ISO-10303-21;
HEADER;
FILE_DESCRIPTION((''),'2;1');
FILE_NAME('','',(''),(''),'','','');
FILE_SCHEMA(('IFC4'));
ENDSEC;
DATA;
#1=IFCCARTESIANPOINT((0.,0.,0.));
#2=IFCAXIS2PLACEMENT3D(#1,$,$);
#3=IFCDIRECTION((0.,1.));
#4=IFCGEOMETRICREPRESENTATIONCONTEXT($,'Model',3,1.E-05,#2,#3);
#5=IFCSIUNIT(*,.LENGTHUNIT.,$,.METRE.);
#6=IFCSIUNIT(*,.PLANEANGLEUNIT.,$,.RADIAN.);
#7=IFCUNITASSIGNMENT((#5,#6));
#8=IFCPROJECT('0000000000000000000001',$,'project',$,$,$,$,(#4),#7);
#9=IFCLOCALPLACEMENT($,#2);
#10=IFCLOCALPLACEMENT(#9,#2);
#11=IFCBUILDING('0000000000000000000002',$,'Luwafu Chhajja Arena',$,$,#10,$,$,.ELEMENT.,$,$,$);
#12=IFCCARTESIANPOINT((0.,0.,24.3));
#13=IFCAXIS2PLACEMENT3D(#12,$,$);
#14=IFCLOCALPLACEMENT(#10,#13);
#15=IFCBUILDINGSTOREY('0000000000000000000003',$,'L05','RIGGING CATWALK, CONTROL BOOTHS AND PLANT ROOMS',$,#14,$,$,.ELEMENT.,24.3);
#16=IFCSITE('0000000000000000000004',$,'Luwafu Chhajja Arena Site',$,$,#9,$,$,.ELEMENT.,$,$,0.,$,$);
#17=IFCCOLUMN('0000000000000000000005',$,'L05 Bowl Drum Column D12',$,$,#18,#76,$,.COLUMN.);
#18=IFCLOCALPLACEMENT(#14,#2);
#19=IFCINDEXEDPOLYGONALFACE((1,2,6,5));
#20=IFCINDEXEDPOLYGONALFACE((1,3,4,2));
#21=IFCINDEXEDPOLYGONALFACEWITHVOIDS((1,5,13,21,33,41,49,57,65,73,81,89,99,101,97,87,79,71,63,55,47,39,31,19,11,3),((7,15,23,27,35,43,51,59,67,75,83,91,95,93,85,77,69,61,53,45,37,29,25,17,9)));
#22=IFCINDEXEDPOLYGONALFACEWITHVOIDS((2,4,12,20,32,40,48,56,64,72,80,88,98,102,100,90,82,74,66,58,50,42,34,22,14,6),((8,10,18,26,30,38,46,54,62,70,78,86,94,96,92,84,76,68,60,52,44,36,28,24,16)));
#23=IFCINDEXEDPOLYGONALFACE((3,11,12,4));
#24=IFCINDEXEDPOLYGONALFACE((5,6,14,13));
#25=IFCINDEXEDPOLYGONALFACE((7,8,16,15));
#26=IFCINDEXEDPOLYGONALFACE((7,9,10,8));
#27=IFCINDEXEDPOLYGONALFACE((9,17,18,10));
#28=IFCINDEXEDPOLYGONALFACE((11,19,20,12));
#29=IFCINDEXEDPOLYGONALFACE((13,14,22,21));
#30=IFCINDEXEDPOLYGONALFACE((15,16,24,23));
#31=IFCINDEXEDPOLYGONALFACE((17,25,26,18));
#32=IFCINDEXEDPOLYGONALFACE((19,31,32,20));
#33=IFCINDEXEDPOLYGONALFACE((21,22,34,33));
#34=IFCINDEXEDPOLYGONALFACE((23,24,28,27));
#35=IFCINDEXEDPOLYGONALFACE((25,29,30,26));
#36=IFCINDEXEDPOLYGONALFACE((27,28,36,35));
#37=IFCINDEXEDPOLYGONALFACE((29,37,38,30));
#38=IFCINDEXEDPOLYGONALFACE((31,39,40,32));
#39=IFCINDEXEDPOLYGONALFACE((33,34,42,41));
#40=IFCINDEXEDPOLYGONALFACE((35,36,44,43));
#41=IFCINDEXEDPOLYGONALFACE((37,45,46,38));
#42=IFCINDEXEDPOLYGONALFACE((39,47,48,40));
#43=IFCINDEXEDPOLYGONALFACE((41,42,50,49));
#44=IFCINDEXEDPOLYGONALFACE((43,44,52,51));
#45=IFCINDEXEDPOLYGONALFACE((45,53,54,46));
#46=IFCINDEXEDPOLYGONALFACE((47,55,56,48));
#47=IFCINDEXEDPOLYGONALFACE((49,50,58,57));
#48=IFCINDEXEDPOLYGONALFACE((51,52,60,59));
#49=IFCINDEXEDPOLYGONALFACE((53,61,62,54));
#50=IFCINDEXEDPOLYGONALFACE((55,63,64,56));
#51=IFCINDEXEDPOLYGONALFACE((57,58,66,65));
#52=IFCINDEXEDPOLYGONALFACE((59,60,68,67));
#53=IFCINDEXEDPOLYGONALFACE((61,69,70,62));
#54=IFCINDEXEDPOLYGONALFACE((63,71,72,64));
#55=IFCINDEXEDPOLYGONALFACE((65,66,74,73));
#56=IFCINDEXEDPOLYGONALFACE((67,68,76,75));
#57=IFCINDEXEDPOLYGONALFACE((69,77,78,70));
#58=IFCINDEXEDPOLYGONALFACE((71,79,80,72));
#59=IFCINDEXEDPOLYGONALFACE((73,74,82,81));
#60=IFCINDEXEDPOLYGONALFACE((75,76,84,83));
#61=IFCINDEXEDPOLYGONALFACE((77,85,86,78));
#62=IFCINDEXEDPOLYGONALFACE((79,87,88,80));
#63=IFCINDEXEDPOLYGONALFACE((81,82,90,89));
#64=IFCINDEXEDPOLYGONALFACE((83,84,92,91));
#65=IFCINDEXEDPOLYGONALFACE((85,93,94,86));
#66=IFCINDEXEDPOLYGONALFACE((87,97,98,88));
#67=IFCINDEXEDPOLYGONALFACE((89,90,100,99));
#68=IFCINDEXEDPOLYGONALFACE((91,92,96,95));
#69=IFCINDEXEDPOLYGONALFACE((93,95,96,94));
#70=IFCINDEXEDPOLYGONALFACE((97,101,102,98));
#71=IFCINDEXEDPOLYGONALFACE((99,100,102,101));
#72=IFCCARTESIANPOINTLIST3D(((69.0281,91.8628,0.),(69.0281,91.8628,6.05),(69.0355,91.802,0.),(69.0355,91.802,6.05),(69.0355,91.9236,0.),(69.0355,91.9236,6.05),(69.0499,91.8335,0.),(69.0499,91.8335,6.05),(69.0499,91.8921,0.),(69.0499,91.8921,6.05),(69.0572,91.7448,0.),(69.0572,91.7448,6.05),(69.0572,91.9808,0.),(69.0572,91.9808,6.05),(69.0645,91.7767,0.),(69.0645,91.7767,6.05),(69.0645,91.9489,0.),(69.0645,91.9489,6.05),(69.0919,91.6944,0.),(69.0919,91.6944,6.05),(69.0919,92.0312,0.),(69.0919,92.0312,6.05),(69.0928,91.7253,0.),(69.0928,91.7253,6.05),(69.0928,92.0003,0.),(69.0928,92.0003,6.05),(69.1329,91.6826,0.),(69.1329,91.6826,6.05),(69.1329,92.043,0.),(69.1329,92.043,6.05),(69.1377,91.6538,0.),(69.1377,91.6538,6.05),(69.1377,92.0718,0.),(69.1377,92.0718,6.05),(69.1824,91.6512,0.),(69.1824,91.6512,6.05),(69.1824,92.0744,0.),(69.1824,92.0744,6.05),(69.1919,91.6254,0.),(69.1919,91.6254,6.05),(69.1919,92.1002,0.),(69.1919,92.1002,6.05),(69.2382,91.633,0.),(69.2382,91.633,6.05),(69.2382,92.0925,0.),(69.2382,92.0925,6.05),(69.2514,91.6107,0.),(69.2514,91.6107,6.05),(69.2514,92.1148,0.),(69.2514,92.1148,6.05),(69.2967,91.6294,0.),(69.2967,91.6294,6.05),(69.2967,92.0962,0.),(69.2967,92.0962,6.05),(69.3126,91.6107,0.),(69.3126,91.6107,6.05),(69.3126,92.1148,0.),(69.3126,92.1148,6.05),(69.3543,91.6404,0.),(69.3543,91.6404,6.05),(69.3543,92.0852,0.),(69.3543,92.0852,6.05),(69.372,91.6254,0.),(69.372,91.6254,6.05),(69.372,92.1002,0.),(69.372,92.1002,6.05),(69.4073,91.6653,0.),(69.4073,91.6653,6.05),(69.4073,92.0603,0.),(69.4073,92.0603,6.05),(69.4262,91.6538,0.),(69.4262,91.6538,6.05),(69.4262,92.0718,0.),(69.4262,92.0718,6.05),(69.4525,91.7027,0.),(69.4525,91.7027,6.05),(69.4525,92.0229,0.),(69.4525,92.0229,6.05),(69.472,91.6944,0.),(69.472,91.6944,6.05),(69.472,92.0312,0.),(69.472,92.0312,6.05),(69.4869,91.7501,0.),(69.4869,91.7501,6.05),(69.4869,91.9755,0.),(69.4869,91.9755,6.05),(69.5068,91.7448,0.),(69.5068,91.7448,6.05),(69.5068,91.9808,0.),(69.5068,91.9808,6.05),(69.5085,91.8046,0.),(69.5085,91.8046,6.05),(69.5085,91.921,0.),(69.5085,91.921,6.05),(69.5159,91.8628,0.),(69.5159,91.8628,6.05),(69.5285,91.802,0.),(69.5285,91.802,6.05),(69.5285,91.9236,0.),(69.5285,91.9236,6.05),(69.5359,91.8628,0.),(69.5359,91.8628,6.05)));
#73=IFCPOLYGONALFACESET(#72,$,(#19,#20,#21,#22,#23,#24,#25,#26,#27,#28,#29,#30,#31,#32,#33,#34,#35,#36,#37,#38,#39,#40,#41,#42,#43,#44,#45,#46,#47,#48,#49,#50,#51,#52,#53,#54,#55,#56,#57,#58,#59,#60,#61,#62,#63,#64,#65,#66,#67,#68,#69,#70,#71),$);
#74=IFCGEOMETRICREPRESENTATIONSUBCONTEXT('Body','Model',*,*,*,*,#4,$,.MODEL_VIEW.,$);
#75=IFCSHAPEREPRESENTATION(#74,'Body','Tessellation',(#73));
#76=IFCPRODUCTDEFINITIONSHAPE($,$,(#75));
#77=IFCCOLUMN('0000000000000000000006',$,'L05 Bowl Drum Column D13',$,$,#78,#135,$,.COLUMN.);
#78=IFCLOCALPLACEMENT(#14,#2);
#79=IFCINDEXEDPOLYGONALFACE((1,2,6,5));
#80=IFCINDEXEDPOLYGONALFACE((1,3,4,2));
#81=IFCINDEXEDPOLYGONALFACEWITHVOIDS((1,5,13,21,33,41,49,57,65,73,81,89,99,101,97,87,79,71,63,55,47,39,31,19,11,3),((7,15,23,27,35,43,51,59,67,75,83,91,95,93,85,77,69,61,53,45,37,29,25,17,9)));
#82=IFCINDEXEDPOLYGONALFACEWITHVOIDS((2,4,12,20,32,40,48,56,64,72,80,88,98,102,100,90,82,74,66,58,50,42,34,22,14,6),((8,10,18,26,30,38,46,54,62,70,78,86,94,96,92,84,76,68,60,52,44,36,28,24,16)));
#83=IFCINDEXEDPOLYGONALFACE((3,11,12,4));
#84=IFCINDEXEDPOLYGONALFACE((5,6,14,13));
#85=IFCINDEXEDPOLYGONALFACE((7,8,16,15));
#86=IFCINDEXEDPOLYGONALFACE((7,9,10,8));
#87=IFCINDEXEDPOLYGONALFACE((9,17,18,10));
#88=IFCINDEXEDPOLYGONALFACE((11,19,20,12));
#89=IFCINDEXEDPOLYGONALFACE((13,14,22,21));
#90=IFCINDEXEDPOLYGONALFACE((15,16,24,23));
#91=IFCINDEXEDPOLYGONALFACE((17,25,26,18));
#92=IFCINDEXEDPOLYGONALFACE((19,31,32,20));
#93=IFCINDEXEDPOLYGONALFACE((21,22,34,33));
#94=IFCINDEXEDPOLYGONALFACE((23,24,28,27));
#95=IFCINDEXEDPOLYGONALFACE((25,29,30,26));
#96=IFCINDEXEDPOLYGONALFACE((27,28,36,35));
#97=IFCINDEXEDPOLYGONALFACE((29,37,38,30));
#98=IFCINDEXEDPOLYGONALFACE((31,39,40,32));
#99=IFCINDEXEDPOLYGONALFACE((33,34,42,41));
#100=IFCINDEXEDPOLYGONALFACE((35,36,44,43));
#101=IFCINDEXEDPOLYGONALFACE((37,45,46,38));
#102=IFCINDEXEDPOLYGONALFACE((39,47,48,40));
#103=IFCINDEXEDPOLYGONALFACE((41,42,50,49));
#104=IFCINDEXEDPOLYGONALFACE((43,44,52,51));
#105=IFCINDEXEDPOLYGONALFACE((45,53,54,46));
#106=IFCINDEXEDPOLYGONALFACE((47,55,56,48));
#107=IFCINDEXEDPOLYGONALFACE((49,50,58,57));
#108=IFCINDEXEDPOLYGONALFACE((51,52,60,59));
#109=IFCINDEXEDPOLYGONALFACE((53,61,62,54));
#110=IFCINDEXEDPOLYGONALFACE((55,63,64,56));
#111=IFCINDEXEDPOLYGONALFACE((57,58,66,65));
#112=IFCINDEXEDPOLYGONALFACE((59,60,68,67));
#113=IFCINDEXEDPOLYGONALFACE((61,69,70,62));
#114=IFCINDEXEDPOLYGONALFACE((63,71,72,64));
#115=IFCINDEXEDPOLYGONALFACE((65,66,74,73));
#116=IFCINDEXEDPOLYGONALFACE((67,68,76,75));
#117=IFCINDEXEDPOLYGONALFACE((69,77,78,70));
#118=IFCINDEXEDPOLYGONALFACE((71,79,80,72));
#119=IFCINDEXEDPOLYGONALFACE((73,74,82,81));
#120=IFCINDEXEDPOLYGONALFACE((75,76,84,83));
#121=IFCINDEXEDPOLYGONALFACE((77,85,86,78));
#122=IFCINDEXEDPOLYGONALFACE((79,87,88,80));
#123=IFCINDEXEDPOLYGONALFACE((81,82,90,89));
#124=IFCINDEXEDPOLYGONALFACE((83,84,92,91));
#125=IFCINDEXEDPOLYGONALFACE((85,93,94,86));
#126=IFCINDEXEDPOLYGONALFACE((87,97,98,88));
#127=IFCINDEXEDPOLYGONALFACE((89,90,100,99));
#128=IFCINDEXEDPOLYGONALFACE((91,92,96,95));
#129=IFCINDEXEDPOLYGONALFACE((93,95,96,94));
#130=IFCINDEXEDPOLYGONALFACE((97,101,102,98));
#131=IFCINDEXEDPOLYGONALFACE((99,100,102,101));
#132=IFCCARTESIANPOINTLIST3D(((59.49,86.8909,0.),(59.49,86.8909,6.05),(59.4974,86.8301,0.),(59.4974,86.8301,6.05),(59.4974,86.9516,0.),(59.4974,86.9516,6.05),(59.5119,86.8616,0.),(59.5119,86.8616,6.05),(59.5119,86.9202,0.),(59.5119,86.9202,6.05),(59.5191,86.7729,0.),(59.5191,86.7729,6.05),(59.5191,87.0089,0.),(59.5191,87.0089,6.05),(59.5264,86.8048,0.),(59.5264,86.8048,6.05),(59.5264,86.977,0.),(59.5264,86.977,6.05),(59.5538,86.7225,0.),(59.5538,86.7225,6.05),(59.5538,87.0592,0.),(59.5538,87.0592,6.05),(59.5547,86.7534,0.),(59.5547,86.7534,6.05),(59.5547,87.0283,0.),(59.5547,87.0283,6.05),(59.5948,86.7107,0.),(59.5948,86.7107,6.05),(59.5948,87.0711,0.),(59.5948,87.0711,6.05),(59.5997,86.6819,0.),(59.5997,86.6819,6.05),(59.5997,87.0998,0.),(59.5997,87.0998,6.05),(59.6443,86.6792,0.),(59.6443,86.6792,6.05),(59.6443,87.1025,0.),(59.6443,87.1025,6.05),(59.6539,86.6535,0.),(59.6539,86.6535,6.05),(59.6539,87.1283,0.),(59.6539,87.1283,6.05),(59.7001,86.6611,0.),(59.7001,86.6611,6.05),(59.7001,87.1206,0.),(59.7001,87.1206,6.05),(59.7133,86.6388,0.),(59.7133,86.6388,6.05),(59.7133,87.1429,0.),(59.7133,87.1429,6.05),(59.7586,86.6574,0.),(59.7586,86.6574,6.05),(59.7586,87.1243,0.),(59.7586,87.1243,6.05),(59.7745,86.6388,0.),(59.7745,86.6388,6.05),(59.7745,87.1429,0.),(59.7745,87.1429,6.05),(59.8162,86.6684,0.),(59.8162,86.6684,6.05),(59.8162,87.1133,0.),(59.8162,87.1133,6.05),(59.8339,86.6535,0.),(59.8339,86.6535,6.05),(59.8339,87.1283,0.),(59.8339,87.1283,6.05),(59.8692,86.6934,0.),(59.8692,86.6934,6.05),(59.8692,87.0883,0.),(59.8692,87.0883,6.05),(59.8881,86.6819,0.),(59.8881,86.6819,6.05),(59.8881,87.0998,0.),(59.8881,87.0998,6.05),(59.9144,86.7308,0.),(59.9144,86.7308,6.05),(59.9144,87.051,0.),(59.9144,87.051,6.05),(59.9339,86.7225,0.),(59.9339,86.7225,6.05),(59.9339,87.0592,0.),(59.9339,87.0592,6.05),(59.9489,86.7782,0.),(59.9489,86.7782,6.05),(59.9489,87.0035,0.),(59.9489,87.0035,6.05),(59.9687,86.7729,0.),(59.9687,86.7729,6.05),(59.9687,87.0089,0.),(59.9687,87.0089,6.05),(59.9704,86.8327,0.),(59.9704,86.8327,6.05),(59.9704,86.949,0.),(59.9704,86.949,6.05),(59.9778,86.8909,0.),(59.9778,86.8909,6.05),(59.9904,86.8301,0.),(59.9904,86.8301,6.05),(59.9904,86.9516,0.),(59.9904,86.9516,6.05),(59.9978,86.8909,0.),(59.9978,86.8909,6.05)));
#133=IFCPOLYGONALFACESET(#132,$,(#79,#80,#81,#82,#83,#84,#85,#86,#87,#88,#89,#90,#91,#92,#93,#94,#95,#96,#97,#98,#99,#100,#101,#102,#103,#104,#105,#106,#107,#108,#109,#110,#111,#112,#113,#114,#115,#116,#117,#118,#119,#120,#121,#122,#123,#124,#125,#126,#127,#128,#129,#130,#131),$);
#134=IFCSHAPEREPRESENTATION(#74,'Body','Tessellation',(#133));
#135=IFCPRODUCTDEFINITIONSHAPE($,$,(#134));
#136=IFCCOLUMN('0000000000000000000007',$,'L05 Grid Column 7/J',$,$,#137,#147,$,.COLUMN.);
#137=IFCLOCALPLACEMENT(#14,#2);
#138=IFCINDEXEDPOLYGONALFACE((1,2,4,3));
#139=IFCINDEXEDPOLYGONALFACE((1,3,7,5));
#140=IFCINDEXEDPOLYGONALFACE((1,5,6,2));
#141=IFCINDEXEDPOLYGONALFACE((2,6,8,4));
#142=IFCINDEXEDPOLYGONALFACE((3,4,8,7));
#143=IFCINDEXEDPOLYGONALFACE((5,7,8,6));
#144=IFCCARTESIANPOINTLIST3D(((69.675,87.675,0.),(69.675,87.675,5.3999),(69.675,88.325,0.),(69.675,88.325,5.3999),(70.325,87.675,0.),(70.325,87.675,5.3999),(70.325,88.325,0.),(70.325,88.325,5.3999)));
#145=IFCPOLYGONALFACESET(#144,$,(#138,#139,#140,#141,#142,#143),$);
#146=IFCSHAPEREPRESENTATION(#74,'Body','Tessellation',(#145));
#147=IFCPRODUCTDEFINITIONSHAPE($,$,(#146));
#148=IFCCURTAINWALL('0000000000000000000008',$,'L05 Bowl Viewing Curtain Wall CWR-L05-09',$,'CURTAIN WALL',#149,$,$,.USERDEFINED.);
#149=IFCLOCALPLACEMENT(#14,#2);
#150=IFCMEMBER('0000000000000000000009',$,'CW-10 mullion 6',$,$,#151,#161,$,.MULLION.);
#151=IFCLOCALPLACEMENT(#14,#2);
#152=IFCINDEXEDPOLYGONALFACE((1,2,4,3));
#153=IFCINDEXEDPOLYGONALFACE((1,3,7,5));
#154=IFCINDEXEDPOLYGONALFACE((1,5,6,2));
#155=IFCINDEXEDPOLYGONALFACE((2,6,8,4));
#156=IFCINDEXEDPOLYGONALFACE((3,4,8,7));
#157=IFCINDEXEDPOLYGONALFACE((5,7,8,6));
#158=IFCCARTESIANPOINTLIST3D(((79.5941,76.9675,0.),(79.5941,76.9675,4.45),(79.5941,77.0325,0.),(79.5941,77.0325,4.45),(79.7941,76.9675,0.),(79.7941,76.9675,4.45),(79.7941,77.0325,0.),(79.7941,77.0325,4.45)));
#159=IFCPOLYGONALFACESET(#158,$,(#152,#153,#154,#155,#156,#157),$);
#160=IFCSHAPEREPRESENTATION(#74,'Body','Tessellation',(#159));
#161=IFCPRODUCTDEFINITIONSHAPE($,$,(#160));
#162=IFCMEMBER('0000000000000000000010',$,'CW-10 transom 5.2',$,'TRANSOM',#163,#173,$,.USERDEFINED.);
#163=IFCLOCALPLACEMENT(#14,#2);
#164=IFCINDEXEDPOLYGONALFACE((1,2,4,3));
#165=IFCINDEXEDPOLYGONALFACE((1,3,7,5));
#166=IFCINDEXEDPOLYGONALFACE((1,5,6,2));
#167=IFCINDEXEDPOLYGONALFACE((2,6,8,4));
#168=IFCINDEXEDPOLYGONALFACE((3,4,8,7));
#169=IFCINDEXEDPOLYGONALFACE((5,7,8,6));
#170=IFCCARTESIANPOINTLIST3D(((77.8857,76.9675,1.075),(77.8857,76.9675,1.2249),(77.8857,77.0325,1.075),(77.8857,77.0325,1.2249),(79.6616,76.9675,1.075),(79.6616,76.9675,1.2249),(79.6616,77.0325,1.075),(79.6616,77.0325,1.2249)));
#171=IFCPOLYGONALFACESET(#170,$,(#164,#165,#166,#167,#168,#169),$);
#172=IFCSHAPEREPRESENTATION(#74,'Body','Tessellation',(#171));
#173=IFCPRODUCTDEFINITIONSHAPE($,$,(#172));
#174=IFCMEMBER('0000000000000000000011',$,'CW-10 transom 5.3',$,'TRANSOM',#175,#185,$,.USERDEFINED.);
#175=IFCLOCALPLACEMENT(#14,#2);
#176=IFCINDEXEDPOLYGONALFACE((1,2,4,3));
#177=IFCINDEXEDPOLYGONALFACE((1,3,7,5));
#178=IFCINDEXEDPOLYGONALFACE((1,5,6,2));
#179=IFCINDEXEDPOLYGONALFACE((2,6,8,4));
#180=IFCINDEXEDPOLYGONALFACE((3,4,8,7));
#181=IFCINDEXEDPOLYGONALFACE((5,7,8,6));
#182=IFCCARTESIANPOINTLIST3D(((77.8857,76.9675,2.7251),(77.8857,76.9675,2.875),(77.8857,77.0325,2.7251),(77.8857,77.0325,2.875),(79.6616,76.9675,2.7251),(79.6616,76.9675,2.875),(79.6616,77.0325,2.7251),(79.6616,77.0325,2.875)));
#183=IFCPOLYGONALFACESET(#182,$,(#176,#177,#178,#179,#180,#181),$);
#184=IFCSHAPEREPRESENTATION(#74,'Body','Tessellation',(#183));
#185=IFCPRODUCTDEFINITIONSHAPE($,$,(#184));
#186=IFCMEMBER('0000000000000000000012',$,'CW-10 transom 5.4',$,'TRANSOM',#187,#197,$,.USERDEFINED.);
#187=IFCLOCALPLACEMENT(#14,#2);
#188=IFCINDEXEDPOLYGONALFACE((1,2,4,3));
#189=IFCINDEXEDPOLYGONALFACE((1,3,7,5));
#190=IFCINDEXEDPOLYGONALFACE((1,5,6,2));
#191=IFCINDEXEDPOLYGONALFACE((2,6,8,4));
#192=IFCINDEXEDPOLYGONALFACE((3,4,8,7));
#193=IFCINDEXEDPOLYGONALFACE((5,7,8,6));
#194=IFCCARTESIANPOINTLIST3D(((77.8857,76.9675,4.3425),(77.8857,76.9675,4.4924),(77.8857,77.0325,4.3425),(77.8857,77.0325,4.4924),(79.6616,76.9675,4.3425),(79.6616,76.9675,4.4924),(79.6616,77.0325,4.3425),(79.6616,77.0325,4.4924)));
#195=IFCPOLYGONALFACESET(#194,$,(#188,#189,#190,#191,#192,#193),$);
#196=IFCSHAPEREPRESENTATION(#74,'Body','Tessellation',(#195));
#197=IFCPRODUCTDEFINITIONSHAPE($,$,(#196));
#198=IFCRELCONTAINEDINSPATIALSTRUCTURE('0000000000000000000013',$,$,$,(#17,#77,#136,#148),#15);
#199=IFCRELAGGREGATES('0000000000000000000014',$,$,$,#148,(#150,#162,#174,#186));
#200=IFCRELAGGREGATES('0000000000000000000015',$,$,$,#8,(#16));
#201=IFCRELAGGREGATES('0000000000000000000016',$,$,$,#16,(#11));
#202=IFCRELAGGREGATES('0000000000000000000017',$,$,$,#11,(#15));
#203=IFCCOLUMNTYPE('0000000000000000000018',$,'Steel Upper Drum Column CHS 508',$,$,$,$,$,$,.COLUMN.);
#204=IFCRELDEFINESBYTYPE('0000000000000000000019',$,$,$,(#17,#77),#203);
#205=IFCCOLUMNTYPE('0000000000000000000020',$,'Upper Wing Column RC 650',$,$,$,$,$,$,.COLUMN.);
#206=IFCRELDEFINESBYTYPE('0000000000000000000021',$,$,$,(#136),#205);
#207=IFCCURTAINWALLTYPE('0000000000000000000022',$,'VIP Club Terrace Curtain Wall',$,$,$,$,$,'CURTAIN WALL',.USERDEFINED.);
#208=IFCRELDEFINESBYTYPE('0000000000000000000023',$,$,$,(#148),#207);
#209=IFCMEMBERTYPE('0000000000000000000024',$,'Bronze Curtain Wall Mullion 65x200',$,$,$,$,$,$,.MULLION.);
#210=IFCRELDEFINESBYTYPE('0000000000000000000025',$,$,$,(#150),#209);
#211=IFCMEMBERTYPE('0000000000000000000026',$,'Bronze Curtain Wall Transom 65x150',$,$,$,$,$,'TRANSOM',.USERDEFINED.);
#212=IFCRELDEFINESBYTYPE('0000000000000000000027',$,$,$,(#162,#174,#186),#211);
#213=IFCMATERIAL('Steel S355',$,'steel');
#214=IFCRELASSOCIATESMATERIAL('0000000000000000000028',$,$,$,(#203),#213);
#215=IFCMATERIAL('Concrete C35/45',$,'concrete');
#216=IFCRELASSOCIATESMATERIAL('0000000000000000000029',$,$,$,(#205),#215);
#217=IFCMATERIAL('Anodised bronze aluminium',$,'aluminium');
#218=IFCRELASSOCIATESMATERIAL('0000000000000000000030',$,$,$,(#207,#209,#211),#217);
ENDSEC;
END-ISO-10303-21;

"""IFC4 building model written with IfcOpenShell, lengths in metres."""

from ifc_helpers import new_model, si_unit, direction, frame, origin, origin_2d, place, context, subcontext, project, spatial, rectangle, hollow_circle, extrude, material, material_profile, profile_set, type_object, element, aggregate, save


model = new_model("IFC4")

# Units and contexts
model_context = context("Model", 3, precision=1e-05, world=origin(), true_north=direction((0.0, 1.0)))
body_context = subcontext(model_context, "Body", "Model", "MODEL_VIEW")
ifc_project = project(units=[si_unit("LENGTHUNIT", "METRE"), si_unit("PLANEANGLEUNIT", "RADIAN")], contexts=[model_context])

# Site, building, storey
site_placement = place(None, origin())
site = spatial("IfcSite", under=ifc_project, at=site_placement, Name="Luwafu Chhajja Arena Site", CompositionType="ELEMENT", RefElevation=0.0)
building_placement = place(site_placement, origin())
building = spatial("IfcBuilding", under=site, at=building_placement, Name="Luwafu Chhajja Arena", CompositionType="ELEMENT")
storey_placement = place(building_placement, frame((0.0, 0.0, 24.3)))
storey = spatial("IfcBuildingStorey", under=building, at=storey_placement, Name="L05", Description="RIGGING CATWALK, CONTROL BOOTHS AND PLANT ROOMS", CompositionType="ELEMENT", Elevation=24.3)

# Columns
ifc_material_1 = material(Name="Steel S355", Category="steel")
ifc_material_profile_1 = material_profile(ifc_material_1, hollow_circle(Radius=0.2539, WallThickness=0.02, at=origin_2d()), Name="CHS 508x20")
ifc_profile_set_1 = profile_set([ifc_material_profile_1], Name="Steel S355")
column_type_1 = type_object("IfcColumnType", Name="Steel Upper Drum Column CHS 508", PredefinedType="COLUMN", material=ifc_profile_set_1)
for number, where, z_axis, x_axis, name in (
    (1, (69.282, 91.8628, 0.0), (0.0, 0.0, 1.0), (1.0, 0.0, 0.0), "L05 Bowl Drum Column D12"),
    (2, (59.7439, 86.8909, 0.0), (0.0, 0.0, 1.0), (1.0, 0.0, 0.0), "L05 Bowl Drum Column D13"),
):
    element("IfcColumn", number, at=place(storey_placement, frame(where, z_axis=z_axis, x_axis=x_axis)), inside=storey, type_object=column_type_1, Name=name, PredefinedType="COLUMN", context=body_context, shape_type="SweptSolid", body=[
        extrude(hollow_circle(Radius=0.2539, WallThickness=0.02, at=origin_2d()), origin(), (0.0, 0.0, 1.0), 6.05),
    ])
ifc_material_2 = material(Name="Concrete C35/45", Category="concrete")
ifc_material_profile_2 = material_profile(ifc_material_2, rectangle(XDim=0.6499, YDim=0.6499, at=origin_2d()), Name="RC 650x650")
ifc_profile_set_2 = profile_set([ifc_material_profile_2], Name="Concrete C35/45")
column_type_2 = type_object("IfcColumnType", Name="Upper Wing Column RC 650", PredefinedType="COLUMN", material=ifc_profile_set_2)
column_placement = place(storey_placement, frame((70.0, 88.0, 0.0), z_axis=(0.0, 0.0, 1.0), x_axis=(1.0, 0.0, 0.0)))
element("IfcColumn", 3, at=column_placement, inside=storey, type_object=column_type_2, Name="L05 Grid Column 7/J", PredefinedType="COLUMN", context=body_context, shape_type="SweptSolid", body=[
    extrude(rectangle(XDim=0.6499, YDim=0.6499, at=origin_2d()), origin(), (0.0, 0.0, 1.0), 5.3999),
])

# Curtain wall, members
ifc_material_3 = material(Name="Anodised bronze aluminium", Category="aluminium")
curtain_wall_type = type_object("IfcCurtainWallType", Name="VIP Club Terrace Curtain Wall", ElementType="CURTAIN WALL", PredefinedType="USERDEFINED", material=ifc_material_3)
curtain_wall_placement = place(storey_placement, origin())
curtain_wall = element("IfcCurtainWall", 4, at=curtain_wall_placement, inside=storey, type_object=curtain_wall_type, Name="L05 Bowl Viewing Curtain Wall CWR-L05-09", ObjectType="CURTAIN WALL", PredefinedType="USERDEFINED")
ifc_material_profile_3 = material_profile(ifc_material_3, rectangle(XDim=0.0649, YDim=0.2, at=origin_2d()), Name="CWM 65x200")
ifc_profile_set_3 = profile_set([ifc_material_profile_3], Name="Anodised bronze aluminium")
member_type_1 = type_object("IfcMemberType", Name="Bronze Curtain Wall Mullion 65x200", PredefinedType="MULLION", material=ifc_profile_set_3)
member_1_placement = place(storey_placement, frame((79.6941, 77.0, 0.0), z_axis=(0.0, 0.0, 1.0), x_axis=(0.0, 1.0, 0.0)))
member_1 = element("IfcMember", 5, at=member_1_placement, type_object=member_type_1, Name="CW-10 mullion 6", PredefinedType="MULLION", context=body_context, shape_type="SweptSolid", body=[
    extrude(rectangle(XDim=0.0649, YDim=0.2, at=origin_2d()), origin(), (0.0, 0.0, 1.0), 4.45),
])
ifc_material_profile_4 = material_profile(ifc_material_3, rectangle(XDim=0.0649, YDim=0.1499, at=origin_2d()), Name="CWT 65x150")
ifc_profile_set_4 = profile_set([ifc_material_profile_4], Name="Anodised bronze aluminium")
member_type_2 = type_object("IfcMemberType", Name="Bronze Curtain Wall Transom 65x150", ElementType="TRANSOM", PredefinedType="USERDEFINED", material=ifc_profile_set_4)
member_2_placement = place(storey_placement, frame((77.8857, 77.0, 1.1499), z_axis=(1.0, 0.0, 0.0), x_axis=(0.0, 1.0, 0.0)))
member_2 = element("IfcMember", 6, at=member_2_placement, type_object=member_type_2, Name="CW-10 transom 5.2", ObjectType="TRANSOM", PredefinedType="USERDEFINED", context=body_context, shape_type="SweptSolid", body=[
    extrude(rectangle(XDim=0.0649, YDim=0.1499, at=origin_2d()), origin(), (0.0, 0.0, 1.0), 1.7759),
])
member_3_placement = place(storey_placement, frame((77.8857, 77.0, 2.8), z_axis=(1.0, 0.0, 0.0), x_axis=(0.0, 1.0, 0.0)))
member_3 = element("IfcMember", 7, at=member_3_placement, type_object=member_type_2, Name="CW-10 transom 5.3", ObjectType="TRANSOM", PredefinedType="USERDEFINED", context=body_context, shape_type="SweptSolid", body=[
    extrude(rectangle(XDim=0.0649, YDim=0.1499, at=origin_2d()), origin(), (0.0, 0.0, 1.0), 1.7759),
])
member_4_placement = place(storey_placement, frame((77.8857, 77.0, 4.4175), z_axis=(1.0, 0.0, 0.0), x_axis=(0.0, 1.0, 0.0)))
member_4 = element("IfcMember", 8, at=member_4_placement, type_object=member_type_2, Name="CW-10 transom 5.4", ObjectType="TRANSOM", PredefinedType="USERDEFINED", context=body_context, shape_type="SweptSolid", body=[
    extrude(rectangle(XDim=0.0649, YDim=0.1499, at=origin_2d()), origin(), (0.0, 0.0, 1.0), 1.7759),
])

aggregate(curtain_wall, [member_1, member_2, member_3, member_4])

save(model, "model.ifc")
